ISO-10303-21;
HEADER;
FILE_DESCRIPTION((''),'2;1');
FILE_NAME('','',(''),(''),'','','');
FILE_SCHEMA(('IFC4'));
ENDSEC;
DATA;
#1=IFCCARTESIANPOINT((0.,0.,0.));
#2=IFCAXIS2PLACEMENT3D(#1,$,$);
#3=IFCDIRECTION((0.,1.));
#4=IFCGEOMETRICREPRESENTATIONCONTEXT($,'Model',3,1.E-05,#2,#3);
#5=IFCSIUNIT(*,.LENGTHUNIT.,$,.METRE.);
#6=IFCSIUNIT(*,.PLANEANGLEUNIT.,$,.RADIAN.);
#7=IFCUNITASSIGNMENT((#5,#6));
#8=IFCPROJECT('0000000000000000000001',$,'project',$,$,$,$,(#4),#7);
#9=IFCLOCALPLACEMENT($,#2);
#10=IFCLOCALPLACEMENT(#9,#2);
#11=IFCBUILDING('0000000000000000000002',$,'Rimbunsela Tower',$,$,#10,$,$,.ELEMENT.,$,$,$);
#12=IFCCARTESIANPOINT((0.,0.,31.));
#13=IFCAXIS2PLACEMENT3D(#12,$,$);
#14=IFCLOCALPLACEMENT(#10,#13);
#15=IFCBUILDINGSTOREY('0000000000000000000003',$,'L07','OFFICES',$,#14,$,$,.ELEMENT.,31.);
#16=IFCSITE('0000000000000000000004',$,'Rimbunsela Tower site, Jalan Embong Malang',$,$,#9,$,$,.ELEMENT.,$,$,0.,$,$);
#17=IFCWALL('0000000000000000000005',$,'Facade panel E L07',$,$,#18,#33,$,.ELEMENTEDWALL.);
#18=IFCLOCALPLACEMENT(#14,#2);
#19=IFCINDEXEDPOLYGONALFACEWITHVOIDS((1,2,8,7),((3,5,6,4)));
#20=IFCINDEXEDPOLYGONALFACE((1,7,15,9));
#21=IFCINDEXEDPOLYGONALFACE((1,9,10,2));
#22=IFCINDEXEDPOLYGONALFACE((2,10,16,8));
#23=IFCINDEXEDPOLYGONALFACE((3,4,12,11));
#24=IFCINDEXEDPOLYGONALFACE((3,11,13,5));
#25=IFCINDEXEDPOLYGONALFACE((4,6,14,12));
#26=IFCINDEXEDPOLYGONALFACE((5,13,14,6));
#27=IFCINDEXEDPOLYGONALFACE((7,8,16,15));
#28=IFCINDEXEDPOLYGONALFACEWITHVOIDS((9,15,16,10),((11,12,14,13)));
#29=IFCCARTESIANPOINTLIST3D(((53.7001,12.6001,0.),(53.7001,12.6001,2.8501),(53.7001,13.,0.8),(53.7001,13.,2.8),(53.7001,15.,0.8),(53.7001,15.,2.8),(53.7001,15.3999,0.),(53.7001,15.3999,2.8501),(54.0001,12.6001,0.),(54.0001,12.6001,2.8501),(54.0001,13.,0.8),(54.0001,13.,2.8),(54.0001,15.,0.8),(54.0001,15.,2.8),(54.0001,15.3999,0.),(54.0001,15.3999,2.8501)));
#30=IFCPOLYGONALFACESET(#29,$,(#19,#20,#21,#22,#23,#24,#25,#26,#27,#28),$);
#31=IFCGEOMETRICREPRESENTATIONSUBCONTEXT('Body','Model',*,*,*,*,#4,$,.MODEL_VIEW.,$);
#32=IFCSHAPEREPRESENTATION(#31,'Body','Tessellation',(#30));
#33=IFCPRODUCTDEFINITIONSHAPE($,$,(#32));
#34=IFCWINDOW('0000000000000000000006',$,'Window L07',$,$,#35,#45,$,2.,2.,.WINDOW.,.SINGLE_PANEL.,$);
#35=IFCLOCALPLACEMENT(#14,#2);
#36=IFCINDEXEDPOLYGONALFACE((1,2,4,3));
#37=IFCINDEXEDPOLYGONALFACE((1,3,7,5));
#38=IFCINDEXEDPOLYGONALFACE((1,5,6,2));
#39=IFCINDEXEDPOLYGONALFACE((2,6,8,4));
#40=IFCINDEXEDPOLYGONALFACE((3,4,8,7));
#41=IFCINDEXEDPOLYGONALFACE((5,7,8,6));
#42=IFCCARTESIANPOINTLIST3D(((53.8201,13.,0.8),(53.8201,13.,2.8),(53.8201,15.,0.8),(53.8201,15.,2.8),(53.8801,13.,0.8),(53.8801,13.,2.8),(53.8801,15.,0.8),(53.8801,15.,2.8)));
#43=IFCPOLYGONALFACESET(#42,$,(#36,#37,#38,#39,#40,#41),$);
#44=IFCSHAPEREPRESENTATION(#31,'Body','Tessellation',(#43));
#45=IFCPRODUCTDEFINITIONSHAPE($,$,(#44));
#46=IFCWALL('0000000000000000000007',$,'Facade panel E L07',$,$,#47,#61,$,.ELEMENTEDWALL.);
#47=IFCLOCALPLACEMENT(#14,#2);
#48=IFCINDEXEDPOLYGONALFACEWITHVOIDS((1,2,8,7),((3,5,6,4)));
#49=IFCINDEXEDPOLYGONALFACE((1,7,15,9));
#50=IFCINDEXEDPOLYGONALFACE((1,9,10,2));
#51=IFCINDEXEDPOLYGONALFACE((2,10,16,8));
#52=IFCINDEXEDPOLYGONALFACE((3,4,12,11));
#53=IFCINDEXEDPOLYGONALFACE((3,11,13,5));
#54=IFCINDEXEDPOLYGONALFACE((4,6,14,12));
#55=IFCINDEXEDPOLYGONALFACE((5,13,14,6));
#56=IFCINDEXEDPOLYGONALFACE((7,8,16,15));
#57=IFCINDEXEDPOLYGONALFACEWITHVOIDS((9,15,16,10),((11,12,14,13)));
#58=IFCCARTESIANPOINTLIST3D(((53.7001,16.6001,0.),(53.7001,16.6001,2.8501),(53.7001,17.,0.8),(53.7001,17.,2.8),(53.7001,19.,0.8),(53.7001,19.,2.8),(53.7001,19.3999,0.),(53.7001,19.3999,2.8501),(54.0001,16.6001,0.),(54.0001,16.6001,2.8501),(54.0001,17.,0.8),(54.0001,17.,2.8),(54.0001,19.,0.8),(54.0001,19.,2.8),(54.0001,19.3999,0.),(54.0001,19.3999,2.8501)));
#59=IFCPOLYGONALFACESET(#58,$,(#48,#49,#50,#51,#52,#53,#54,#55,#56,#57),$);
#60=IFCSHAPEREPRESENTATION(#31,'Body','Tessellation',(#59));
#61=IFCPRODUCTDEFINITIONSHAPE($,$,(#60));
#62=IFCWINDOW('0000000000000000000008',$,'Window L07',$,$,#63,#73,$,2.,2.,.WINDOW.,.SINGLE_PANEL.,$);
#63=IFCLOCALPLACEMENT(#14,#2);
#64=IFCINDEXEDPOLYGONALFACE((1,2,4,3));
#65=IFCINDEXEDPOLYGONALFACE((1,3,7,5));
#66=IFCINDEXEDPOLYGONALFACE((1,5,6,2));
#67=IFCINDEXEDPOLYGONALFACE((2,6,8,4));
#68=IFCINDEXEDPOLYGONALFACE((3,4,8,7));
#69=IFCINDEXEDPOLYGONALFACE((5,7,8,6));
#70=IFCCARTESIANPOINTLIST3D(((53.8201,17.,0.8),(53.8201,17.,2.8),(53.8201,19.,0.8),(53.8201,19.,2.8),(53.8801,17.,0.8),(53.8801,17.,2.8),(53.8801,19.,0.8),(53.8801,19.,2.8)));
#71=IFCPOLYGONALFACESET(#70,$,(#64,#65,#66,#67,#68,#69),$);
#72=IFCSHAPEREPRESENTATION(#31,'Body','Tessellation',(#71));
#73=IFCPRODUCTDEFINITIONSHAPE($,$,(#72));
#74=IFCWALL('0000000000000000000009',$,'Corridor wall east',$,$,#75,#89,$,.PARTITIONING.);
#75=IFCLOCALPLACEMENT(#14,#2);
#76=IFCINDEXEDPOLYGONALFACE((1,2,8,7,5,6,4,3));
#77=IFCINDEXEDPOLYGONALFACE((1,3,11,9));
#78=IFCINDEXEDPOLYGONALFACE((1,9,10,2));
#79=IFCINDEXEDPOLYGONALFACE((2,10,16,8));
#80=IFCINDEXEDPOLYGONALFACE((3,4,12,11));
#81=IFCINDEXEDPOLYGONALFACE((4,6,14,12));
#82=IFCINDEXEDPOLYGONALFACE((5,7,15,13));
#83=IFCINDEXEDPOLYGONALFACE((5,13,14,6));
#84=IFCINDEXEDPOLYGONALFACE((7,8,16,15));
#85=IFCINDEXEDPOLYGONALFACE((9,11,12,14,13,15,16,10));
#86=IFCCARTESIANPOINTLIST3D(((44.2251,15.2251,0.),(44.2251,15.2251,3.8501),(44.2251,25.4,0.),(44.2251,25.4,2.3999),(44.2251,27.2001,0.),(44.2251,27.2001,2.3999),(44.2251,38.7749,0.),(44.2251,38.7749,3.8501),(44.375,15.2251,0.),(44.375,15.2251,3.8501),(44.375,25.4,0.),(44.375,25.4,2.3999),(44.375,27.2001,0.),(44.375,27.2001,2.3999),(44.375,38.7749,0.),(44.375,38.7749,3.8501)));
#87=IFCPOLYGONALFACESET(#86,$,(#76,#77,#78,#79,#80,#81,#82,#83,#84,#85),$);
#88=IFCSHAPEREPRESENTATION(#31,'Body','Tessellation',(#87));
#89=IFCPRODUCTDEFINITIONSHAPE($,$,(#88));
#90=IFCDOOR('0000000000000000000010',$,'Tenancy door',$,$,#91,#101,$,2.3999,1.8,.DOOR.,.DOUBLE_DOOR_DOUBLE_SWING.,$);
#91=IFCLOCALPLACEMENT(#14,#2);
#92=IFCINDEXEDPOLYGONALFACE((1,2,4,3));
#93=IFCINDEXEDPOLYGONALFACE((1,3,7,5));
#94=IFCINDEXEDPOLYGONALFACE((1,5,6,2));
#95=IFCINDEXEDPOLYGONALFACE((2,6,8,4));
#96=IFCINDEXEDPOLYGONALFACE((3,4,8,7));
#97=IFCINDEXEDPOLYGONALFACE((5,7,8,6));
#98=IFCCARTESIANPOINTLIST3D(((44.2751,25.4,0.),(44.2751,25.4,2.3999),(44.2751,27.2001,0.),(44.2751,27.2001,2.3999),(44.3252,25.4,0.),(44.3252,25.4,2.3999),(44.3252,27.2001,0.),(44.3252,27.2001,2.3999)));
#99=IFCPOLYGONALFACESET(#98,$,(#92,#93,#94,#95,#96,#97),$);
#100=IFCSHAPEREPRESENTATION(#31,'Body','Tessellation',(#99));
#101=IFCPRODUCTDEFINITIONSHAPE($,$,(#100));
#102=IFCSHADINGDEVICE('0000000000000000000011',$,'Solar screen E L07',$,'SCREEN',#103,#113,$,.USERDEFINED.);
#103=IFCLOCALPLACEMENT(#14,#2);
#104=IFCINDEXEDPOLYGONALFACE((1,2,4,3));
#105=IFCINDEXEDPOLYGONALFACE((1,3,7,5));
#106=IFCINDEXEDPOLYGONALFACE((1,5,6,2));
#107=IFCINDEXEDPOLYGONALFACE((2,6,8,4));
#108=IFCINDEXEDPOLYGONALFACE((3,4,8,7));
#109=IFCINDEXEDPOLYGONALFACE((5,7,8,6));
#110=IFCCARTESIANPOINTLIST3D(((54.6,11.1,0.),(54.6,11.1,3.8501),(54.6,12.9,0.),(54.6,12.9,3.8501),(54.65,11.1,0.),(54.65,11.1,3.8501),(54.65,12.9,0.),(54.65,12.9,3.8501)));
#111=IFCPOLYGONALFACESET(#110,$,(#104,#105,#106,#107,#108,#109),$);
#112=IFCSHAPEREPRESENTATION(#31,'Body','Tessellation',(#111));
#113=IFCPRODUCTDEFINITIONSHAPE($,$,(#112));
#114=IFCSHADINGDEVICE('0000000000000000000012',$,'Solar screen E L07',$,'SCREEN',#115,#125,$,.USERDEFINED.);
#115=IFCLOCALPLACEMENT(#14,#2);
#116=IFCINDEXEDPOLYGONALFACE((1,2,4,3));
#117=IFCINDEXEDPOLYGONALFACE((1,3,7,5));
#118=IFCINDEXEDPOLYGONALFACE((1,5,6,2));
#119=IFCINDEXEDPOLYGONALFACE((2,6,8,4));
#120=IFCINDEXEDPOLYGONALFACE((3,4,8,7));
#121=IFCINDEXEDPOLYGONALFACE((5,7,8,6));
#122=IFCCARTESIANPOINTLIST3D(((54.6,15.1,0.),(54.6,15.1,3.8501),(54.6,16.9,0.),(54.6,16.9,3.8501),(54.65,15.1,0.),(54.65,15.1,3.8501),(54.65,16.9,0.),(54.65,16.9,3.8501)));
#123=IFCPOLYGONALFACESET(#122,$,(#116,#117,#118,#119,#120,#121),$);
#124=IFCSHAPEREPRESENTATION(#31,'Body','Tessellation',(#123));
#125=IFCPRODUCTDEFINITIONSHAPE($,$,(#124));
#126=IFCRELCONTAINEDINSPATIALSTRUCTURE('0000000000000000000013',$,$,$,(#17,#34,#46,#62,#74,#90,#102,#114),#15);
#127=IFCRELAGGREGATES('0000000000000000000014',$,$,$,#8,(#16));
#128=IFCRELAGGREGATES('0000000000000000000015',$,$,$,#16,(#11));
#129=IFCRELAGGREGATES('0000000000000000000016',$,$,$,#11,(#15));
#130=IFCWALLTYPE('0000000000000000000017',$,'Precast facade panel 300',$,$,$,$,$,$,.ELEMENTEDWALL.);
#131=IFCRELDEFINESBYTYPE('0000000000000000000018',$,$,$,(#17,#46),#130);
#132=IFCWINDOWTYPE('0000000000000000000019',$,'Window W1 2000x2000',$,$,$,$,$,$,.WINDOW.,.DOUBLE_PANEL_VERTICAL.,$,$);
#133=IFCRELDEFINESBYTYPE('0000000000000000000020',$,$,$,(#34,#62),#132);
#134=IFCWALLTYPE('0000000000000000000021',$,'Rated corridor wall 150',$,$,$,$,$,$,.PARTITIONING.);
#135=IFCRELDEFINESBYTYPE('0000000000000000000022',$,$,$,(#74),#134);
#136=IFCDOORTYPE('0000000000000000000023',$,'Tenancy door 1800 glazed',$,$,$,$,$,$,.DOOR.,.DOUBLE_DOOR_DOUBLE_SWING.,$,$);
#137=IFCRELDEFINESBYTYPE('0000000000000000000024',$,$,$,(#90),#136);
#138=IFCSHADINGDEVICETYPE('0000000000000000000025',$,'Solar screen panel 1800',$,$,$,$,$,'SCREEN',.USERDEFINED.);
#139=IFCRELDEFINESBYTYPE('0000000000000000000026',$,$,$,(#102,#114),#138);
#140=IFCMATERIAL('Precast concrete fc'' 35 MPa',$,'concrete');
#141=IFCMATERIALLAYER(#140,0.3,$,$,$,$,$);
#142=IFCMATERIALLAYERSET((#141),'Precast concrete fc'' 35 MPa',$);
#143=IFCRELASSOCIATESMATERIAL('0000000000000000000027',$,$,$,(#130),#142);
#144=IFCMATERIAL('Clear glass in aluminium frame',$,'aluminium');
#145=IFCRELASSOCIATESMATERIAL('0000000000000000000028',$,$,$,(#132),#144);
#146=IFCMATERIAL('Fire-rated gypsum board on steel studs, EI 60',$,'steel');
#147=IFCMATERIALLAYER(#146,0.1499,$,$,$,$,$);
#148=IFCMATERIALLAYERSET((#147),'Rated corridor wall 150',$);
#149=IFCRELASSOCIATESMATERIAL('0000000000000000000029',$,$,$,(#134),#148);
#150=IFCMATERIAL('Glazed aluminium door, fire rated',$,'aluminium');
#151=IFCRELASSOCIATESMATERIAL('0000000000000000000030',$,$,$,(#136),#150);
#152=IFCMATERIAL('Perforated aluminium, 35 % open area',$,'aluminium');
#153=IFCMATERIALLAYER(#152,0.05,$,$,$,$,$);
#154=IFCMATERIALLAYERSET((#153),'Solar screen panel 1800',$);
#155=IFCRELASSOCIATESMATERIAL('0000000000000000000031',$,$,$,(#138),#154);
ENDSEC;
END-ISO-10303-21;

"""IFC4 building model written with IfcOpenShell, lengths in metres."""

from ifc_helpers import new_model, si_unit, direction, frame, frame_2d, origin, origin_2d, place, context, subcontext, project, spatial, rectangle, extrude, material, layer, layer_set, type_object, element, fill, save


model = new_model("IFC4")

# Units and contexts
model_context = context("Model", 3, precision=1e-05, world=origin(), true_north=direction((0.0, 1.0)))
body_context = subcontext(model_context, "Body", "Model", "MODEL_VIEW")
ifc_project = project(units=[si_unit("LENGTHUNIT", "METRE"), si_unit("PLANEANGLEUNIT", "RADIAN")], contexts=[model_context])

# Site, building, storey
site_placement = place(None, origin())
site = spatial("IfcSite", under=ifc_project, at=site_placement, Name="Rimbunsela Tower site, Jalan Embong Malang", CompositionType="ELEMENT", RefElevation=0.0)
building_placement = place(site_placement, origin())
building = spatial("IfcBuilding", under=site, at=building_placement, Name="Rimbunsela Tower", CompositionType="ELEMENT")
storey_placement = place(building_placement, frame((0.0, 0.0, 31.0)))
storey = spatial("IfcBuildingStorey", under=building, at=storey_placement, Name="L07", Description="OFFICES", CompositionType="ELEMENT", Elevation=31.0)

# Walls, openings, windows
ifc_material_1 = material(Name="Precast concrete fc' 35 MPa", Category="concrete")
ifc_layer_1 = layer(ifc_material_1, 0.3)
ifc_layer_set_1 = layer_set([ifc_layer_1], Name="Precast concrete fc' 35 MPa")
wall_type_1 = type_object("IfcWallType", Name="Precast facade panel 300", PredefinedType="ELEMENTEDWALL", material=ifc_layer_set_1)
wall_1_placement = place(storey_placement, frame((53.8501, 12.6001, 0.0), z_axis=(0.0, 0.0, 1.0), x_axis=(0.0, 1.0, 0.0)))
wall_1 = element("IfcWall", 1, at=wall_1_placement, inside=storey, type_object=wall_type_1, Name="Facade panel E L07", PredefinedType="ELEMENTEDWALL", context=body_context, shape_type="SweptSolid", body=[
    extrude(rectangle(XDim=2.7998, YDim=0.3, at=frame_2d((1.3999, 0.0))), origin(), (0.0, 0.0, 1.0), 2.8501),
])
opening_1_placement = place(wall_1_placement, frame((0.3999, 0.0, 0.8)))
opening_1 = element("IfcOpeningElement", 2, at=opening_1_placement, cuts=wall_1, PredefinedType="OPENING", context=body_context, shape_type="SweptSolid", body=[
    extrude(rectangle(XDim=2.0, YDim=2.0, at=frame_2d((1.0, 1.0))), frame((0.0, 0.1599, 0.0), z_axis=(0.0, -1.0, 0.0), x_axis=(1.0, 0.0, 0.0)), (0.0, 0.0, 1.0), 0.3201),
])
ifc_material_2 = material(Name="Clear glass in aluminium frame", Category="aluminium")
window_type = type_object("IfcWindowType", Name="Window W1 2000x2000", PartitioningType="DOUBLE_PANEL_VERTICAL", PredefinedType="WINDOW", material=ifc_material_2)
window_1_placement = place(opening_1_placement, origin())
window_1 = element("IfcWindow", 3, at=window_1_placement, inside=storey, type_object=window_type, Name="Window L07", OverallHeight=2.0, OverallWidth=2.0, PartitioningType="SINGLE_PANEL", PredefinedType="WINDOW", context=body_context, shape_type="SweptSolid", body=[
    extrude(rectangle(XDim=2.0, YDim=2.0, at=frame_2d((1.0, 1.0))), frame((0.0, 0.03, 0.0), z_axis=(0.0, -1.0, 0.0), x_axis=(1.0, 0.0, 0.0)), (0.0, 0.0, 1.0), 0.0601),
])
fill(opening_1, window_1)
wall_2_placement = place(storey_placement, frame((53.8501, 16.6001, 0.0), z_axis=(0.0, 0.0, 1.0), x_axis=(0.0, 1.0, 0.0)))
wall_2 = element("IfcWall", 4, at=wall_2_placement, inside=storey, type_object=wall_type_1, Name="Facade panel E L07", PredefinedType="ELEMENTEDWALL", context=body_context, shape_type="SweptSolid", body=[
    extrude(rectangle(XDim=2.7998, YDim=0.3, at=frame_2d((1.3999, 0.0))), origin(), (0.0, 0.0, 1.0), 2.8501),
])
opening_2_placement = place(wall_2_placement, frame((0.3999, 0.0, 0.8)))
opening_2 = element("IfcOpeningElement", 5, at=opening_2_placement, cuts=wall_2, PredefinedType="OPENING", context=body_context, shape_type="SweptSolid", body=[
    extrude(rectangle(XDim=2.0, YDim=2.0, at=frame_2d((1.0, 1.0))), frame((0.0, 0.1599, 0.0), z_axis=(0.0, -1.0, 0.0), x_axis=(1.0, 0.0, 0.0)), (0.0, 0.0, 1.0), 0.3201),
])
window_2_placement = place(opening_2_placement, origin())
window_2 = element("IfcWindow", 6, at=window_2_placement, inside=storey, type_object=window_type, Name="Window L07", OverallHeight=2.0, OverallWidth=2.0, PartitioningType="SINGLE_PANEL", PredefinedType="WINDOW", context=body_context, shape_type="SweptSolid", body=[
    extrude(rectangle(XDim=2.0, YDim=2.0, at=frame_2d((1.0, 1.0))), frame((0.0, 0.03, 0.0), z_axis=(0.0, -1.0, 0.0), x_axis=(1.0, 0.0, 0.0)), (0.0, 0.0, 1.0), 0.0601),
])
fill(opening_2, window_2)

# Wall, opening, door
ifc_material_3 = material(Name="Fire-rated gypsum board on steel studs, EI 60", Category="steel")
ifc_layer_2 = layer(ifc_material_3, 0.1499)
ifc_layer_set_2 = layer_set([ifc_layer_2], Name="Rated corridor wall 150")
wall_type_2 = type_object("IfcWallType", Name="Rated corridor wall 150", PredefinedType="PARTITIONING", material=ifc_layer_set_2)
wall_3_placement = place(storey_placement, frame((44.3, 15.2251, 0.0), z_axis=(0.0, 0.0, 1.0), x_axis=(0.0, 1.0, 0.0)))
wall_3 = element("IfcWall", 7, at=wall_3_placement, inside=storey, type_object=wall_type_2, Name="Corridor wall east", PredefinedType="PARTITIONING", context=body_context, shape_type="SweptSolid", body=[
    extrude(rectangle(XDim=23.5498, YDim=0.1499, at=frame_2d((11.7749, 0.0))), origin(), (0.0, 0.0, 1.0), 3.8501),
])
opening_3_placement = place(wall_3_placement, frame((10.175, 0.0, 0.0)))
opening_3 = element("IfcOpeningElement", 8, at=opening_3_placement, cuts=wall_3, PredefinedType="OPENING", context=body_context, shape_type="SweptSolid", body=[
    extrude(rectangle(XDim=1.8, YDim=2.3999, at=frame_2d((0.8999, 1.2))), frame((0.0, 0.085, 0.0), z_axis=(0.0, -1.0, 0.0), x_axis=(1.0, 0.0, 0.0)), (0.0, 0.0, 1.0), 0.1699),
])
ifc_material_4 = material(Name="Glazed aluminium door, fire rated", Category="aluminium")
door_type = type_object("IfcDoorType", Name="Tenancy door 1800 glazed", OperationType="DOUBLE_DOOR_DOUBLE_SWING", PredefinedType="DOOR", material=ifc_material_4)
door_placement = place(opening_3_placement, origin())
door = element("IfcDoor", 9, at=door_placement, inside=storey, type_object=door_type, Name="Tenancy door", OperationType="DOUBLE_DOOR_DOUBLE_SWING", OverallHeight=2.3999, OverallWidth=1.8, PredefinedType="DOOR", context=body_context, shape_type="SweptSolid", body=[
    extrude(rectangle(XDim=1.8, YDim=2.3999, at=frame_2d((0.8999, 1.2))), frame((0.0, 0.0249, 0.0), z_axis=(0.0, -1.0, 0.0), x_axis=(1.0, 0.0, 0.0)), (0.0, 0.0, 1.0), 0.05),
])
fill(opening_3, door)

# Shading devices
ifc_material_5 = material(Name="Perforated aluminium, 35 % open area", Category="aluminium")
ifc_layer_3 = layer(ifc_material_5, 0.05)
ifc_layer_set_3 = layer_set([ifc_layer_3], Name="Solar screen panel 1800")
shading_device_type = type_object("IfcShadingDeviceType", Name="Solar screen panel 1800", ElementType="SCREEN", PredefinedType="USERDEFINED", material=ifc_layer_set_3)
for number, where, z_axis, x_axis, name in (
    (10, (54.625, 12.0, 0.0), (0.0, 0.0, 1.0), (0.0, 1.0, 0.0), "Solar screen E L07"),
    (11, (54.625, 16.0, 0.0), (0.0, 0.0, 1.0), (0.0, 1.0, 0.0), "Solar screen E L07"),
):
    element("IfcShadingDevice", number, at=place(storey_placement, frame(where, z_axis=z_axis, x_axis=x_axis)), inside=storey, type_object=shading_device_type, Name=name, ObjectType="SCREEN", PredefinedType="USERDEFINED", context=body_context, shape_type="SweptSolid", body=[
        extrude(rectangle(XDim=1.8, YDim=0.05, at=origin_2d()), origin(), (0.0, 0.0, 1.0), 3.8501),
    ])

save(model, "model.ifc")
